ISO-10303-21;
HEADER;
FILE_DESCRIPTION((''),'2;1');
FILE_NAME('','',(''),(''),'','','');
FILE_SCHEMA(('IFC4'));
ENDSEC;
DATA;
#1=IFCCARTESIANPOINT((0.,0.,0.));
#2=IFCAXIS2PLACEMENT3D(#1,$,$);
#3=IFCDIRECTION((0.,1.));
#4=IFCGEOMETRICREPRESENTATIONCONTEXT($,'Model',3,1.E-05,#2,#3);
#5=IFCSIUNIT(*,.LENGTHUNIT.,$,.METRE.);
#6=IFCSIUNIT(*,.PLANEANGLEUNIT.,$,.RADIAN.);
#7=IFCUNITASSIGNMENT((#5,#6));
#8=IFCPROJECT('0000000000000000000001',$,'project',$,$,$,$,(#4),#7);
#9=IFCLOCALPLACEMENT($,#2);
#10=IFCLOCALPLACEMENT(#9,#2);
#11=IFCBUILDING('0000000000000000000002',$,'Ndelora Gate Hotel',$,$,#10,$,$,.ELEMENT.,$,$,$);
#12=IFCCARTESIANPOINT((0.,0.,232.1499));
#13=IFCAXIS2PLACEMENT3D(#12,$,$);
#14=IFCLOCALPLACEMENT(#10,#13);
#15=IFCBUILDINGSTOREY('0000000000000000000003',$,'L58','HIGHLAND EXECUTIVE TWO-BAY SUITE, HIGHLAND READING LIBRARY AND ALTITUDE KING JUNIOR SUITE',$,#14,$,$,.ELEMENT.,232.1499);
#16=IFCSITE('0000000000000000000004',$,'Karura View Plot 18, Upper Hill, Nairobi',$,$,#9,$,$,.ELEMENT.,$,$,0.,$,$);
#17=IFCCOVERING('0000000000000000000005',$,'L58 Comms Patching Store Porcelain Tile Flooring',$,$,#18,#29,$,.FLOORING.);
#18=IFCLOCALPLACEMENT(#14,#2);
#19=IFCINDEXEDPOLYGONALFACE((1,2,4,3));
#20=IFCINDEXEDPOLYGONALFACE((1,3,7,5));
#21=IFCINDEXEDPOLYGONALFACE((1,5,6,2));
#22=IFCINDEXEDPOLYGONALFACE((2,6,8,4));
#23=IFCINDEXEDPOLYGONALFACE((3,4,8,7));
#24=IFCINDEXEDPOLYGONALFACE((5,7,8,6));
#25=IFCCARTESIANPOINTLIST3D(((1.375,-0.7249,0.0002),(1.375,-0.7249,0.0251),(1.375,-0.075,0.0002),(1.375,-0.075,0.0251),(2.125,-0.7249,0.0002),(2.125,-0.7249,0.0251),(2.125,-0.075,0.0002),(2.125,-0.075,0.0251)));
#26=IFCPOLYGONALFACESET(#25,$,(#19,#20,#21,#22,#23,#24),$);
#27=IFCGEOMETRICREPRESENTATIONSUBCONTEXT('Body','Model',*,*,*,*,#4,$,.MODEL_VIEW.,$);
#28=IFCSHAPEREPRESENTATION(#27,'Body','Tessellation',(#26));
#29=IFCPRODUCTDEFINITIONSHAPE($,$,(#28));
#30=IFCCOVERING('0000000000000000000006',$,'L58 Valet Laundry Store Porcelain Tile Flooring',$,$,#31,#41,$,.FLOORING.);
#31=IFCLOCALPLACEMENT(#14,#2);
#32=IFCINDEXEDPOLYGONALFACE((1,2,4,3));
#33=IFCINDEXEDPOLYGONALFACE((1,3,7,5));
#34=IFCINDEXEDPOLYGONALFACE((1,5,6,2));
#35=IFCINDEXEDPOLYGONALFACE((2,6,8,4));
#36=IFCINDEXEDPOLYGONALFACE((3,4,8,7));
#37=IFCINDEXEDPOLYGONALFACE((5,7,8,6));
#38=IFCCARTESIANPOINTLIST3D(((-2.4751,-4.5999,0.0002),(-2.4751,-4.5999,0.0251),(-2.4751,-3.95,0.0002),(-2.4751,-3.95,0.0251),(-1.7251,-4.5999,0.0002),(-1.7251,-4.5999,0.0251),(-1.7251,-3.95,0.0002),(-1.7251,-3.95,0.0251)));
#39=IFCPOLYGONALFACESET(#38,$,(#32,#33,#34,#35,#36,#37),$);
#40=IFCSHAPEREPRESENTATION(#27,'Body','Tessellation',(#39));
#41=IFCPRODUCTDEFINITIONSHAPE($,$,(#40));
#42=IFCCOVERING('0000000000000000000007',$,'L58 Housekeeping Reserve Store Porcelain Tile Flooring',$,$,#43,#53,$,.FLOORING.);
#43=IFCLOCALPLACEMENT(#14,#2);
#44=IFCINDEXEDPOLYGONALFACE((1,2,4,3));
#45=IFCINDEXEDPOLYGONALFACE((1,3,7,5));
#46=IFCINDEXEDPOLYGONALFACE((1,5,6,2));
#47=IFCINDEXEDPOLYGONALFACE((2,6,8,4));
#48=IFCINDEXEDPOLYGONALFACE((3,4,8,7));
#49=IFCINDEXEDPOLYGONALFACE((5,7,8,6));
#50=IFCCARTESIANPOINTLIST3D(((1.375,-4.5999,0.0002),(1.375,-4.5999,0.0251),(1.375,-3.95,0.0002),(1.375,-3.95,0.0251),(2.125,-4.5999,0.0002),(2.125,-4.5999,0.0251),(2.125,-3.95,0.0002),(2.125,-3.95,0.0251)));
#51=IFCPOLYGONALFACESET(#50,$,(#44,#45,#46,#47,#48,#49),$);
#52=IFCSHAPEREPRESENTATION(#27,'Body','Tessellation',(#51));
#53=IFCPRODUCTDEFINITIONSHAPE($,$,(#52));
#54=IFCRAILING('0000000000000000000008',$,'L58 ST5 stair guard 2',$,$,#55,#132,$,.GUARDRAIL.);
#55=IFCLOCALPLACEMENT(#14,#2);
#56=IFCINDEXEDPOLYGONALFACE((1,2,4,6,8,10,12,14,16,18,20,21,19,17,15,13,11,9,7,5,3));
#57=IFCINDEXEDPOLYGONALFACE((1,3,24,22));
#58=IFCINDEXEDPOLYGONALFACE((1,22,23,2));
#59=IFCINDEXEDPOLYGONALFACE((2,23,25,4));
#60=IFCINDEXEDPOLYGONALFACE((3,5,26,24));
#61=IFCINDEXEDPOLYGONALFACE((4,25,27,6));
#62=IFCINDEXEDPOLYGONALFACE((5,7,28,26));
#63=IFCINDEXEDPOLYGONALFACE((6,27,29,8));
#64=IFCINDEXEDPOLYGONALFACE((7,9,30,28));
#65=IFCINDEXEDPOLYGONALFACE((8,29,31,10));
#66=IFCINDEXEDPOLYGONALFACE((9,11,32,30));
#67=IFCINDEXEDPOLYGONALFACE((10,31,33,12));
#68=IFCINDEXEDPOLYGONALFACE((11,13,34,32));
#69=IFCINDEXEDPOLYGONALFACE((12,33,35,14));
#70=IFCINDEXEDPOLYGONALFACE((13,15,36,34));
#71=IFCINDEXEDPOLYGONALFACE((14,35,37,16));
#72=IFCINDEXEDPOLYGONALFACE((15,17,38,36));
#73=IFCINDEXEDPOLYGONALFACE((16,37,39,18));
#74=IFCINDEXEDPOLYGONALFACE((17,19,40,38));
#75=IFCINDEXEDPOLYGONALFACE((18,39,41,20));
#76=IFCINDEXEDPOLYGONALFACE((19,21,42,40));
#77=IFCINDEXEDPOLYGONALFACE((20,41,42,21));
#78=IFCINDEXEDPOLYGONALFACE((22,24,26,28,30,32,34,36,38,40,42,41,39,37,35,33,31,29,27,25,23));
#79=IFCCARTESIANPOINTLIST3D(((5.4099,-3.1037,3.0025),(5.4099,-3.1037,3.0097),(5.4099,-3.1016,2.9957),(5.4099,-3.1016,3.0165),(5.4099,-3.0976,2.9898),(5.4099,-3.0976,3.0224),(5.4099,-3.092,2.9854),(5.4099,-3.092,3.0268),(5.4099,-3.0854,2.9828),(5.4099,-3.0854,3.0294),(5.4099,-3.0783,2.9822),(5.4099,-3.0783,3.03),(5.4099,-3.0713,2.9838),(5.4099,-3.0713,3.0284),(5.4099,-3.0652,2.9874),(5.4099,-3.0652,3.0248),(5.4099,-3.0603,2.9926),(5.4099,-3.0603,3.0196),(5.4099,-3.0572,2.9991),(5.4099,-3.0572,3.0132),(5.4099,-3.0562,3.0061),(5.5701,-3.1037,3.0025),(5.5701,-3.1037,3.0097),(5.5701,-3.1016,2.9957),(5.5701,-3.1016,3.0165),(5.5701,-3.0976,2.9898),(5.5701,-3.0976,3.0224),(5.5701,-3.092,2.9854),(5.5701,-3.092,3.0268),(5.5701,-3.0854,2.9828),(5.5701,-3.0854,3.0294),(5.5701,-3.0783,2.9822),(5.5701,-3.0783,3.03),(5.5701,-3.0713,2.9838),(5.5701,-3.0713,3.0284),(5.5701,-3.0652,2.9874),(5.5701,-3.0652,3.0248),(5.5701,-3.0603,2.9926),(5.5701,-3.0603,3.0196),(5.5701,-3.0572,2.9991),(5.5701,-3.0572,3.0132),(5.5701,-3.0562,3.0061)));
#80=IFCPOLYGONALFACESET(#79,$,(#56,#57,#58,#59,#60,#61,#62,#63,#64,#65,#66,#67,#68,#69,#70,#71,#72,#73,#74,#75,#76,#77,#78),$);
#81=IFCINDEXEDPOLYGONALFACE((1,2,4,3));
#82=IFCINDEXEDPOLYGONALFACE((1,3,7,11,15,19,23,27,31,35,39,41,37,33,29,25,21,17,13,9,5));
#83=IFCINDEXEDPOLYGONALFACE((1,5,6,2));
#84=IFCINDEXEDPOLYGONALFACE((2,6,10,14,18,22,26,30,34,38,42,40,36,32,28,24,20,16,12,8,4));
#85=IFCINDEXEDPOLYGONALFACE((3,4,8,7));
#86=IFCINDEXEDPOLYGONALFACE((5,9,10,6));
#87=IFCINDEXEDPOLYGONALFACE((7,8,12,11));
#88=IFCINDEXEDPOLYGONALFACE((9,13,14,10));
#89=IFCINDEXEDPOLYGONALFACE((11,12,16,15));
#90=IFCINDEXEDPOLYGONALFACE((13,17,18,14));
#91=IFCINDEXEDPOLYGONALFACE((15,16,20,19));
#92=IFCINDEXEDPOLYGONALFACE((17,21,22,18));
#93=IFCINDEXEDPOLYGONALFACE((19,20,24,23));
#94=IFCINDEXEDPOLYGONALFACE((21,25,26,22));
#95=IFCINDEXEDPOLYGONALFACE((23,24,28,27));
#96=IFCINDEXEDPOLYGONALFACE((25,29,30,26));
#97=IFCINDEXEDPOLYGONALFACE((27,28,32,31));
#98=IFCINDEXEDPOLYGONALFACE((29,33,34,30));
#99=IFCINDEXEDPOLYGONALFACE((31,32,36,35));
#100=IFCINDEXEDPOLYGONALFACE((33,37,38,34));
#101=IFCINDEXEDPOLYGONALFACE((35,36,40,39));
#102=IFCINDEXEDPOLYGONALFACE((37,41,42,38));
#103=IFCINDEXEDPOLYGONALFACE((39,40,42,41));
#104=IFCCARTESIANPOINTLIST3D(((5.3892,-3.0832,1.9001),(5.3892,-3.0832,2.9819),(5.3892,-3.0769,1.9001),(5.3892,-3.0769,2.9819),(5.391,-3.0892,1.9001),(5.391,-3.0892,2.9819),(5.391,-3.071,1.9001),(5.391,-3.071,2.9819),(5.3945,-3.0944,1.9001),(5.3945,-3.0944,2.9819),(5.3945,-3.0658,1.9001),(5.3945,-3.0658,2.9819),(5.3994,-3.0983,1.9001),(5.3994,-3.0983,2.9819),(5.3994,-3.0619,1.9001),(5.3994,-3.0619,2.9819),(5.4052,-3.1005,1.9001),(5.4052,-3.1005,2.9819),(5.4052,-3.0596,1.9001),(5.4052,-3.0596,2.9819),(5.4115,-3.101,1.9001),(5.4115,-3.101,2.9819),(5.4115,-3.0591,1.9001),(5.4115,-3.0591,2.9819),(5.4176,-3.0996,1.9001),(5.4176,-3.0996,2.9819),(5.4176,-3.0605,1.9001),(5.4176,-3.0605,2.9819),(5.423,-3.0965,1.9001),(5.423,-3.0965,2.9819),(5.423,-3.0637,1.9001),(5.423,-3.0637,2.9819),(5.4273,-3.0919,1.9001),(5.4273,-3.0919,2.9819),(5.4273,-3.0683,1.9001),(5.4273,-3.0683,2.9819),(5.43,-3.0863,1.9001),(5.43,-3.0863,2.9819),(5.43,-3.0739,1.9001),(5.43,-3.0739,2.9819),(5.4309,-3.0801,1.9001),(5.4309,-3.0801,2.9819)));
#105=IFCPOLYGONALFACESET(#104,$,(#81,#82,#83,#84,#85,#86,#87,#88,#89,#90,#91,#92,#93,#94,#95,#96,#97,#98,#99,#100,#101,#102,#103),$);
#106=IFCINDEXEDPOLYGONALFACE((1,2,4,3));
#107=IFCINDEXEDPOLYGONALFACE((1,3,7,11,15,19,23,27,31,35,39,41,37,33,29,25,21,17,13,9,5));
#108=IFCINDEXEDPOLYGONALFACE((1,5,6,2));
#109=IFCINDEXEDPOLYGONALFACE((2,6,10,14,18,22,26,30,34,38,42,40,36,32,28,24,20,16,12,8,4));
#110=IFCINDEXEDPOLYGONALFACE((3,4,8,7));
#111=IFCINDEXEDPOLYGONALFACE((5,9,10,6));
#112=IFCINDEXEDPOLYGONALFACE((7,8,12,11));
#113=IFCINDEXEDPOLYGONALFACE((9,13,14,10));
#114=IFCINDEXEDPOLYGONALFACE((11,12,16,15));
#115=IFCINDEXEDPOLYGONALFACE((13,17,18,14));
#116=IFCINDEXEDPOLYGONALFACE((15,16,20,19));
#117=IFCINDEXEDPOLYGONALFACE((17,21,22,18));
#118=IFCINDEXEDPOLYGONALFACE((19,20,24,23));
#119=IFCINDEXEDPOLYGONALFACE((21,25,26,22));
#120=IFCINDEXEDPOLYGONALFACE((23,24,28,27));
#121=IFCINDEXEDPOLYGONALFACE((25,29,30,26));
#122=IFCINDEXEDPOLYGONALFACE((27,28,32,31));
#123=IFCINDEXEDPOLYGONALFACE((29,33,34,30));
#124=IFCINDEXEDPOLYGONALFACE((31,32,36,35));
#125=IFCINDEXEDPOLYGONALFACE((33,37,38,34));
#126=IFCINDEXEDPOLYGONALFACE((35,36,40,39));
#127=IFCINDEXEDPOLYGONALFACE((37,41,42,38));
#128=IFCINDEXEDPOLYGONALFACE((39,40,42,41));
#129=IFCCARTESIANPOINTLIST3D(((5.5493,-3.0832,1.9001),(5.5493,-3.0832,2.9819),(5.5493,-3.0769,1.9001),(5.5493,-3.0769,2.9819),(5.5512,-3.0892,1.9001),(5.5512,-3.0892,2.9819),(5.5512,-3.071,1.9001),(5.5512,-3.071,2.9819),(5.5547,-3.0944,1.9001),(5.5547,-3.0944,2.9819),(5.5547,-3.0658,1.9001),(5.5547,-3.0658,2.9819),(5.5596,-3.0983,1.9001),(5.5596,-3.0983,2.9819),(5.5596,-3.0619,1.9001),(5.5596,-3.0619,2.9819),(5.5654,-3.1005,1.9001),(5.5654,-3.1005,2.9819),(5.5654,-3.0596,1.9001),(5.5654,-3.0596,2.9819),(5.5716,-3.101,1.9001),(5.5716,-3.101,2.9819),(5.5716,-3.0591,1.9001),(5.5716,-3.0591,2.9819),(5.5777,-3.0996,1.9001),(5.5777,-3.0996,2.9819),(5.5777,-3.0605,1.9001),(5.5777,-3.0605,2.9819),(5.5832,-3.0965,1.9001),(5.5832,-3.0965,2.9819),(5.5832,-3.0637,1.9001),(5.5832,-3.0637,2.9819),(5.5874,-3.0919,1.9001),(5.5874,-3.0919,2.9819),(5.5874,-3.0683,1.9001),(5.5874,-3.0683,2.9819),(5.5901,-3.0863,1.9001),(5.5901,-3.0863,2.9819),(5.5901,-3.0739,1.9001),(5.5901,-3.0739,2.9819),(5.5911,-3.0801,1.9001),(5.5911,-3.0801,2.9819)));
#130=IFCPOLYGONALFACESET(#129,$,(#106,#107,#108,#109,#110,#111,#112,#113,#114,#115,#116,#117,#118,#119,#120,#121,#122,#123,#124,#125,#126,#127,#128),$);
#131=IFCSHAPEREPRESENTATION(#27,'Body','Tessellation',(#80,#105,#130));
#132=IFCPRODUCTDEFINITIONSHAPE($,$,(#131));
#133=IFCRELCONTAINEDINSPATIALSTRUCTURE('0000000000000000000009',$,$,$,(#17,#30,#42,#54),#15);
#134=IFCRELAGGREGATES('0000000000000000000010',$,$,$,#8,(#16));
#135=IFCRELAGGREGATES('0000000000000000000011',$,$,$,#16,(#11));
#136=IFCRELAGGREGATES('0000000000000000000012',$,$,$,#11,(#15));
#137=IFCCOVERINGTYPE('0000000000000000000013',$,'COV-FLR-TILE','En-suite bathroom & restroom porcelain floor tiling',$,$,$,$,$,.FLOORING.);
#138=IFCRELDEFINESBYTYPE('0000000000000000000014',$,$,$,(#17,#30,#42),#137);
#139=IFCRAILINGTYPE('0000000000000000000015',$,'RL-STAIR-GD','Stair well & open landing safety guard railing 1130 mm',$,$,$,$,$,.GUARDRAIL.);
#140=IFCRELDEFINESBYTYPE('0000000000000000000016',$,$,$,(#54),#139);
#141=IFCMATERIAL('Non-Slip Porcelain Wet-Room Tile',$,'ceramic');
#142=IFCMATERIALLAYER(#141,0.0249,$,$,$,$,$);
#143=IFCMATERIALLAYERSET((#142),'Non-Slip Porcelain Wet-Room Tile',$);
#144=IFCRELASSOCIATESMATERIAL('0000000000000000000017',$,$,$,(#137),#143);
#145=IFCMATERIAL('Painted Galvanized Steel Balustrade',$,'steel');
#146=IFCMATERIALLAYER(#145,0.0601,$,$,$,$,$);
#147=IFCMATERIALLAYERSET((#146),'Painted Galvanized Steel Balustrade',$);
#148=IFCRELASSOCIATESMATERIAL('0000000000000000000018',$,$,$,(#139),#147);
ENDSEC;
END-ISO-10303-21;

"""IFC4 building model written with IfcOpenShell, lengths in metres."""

from ifc_helpers import new_model, si_unit, direction, frame, origin, origin_2d, place, context, subcontext, project, spatial, rectangle, circle, extrude, material, layer, layer_set, type_object, element, save


model = new_model("IFC4")

# Units and contexts
model_context = context("Model", 3, precision=1e-05, world=origin(), true_north=direction((0.0, 1.0)))
body_context = subcontext(model_context, "Body", "Model", "MODEL_VIEW")
ifc_project = project(units=[si_unit("LENGTHUNIT", "METRE"), si_unit("PLANEANGLEUNIT", "RADIAN")], contexts=[model_context])

# Site, building, storey
site_placement = place(None, origin())
site = spatial("IfcSite", under=ifc_project, at=site_placement, Name="Karura View Plot 18, Upper Hill, Nairobi", CompositionType="ELEMENT", RefElevation=0.0)
building_placement = place(site_placement, origin())
building = spatial("IfcBuilding", under=site, at=building_placement, Name="Ndelora Gate Hotel", CompositionType="ELEMENT")
storey_placement = place(building_placement, frame((0.0, 0.0, 232.1499)))
storey = spatial("IfcBuildingStorey", under=building, at=storey_placement, Name="L58", Description="HIGHLAND EXECUTIVE TWO-BAY SUITE, HIGHLAND READING LIBRARY AND ALTITUDE KING JUNIOR SUITE", CompositionType="ELEMENT", Elevation=232.1499)

# Coverings
ifc_material_1 = material(Name="Non-Slip Porcelain Wet-Room Tile", Category="ceramic")
ifc_layer_1 = layer(ifc_material_1, 0.0249)
ifc_layer_set_1 = layer_set([ifc_layer_1], Name="Non-Slip Porcelain Wet-Room Tile")
covering_type = type_object("IfcCoveringType", Name="COV-FLR-TILE", Description="En-suite bathroom & restroom porcelain floor tiling", PredefinedType="FLOORING", material=ifc_layer_set_1)
for number, where, z_axis, x_axis, name in (
    (1, (1.75, -0.3999, 0.0002), (0.0, 0.0, 1.0), (1.0, 0.0, 0.0), "L58 Comms Patching Store Porcelain Tile Flooring"),
    (2, (-2.1001, -4.2749, 0.0002), (0.0, 0.0, 1.0), (1.0, 0.0, 0.0), "L58 Valet Laundry Store Porcelain Tile Flooring"),
    (3, (1.75, -4.2749, 0.0002), (0.0, 0.0, 1.0), (1.0, 0.0, 0.0), "L58 Housekeeping Reserve Store Porcelain Tile Flooring"),
):
    element("IfcCovering", number, at=place(storey_placement, frame(where, z_axis=z_axis, x_axis=x_axis)), inside=storey, type_object=covering_type, Name=name, PredefinedType="FLOORING", context=body_context, shape_type="SweptSolid", body=[
        extrude(rectangle(XDim=0.75, YDim=0.6499, at=origin_2d()), origin(), (0.0, 0.0, 1.0), 0.0249),
    ])

# Railing
ifc_material_2 = material(Name="Painted Galvanized Steel Balustrade", Category="steel")
ifc_layer_2 = layer(ifc_material_2, 0.0601)
ifc_layer_set_2 = layer_set([ifc_layer_2], Name="Painted Galvanized Steel Balustrade")
railing_type_1 = type_object("IfcRailingType", Name="RL-STAIR-GD", Description="Stair well & open landing safety guard railing 1130 mm", PredefinedType="GUARDRAIL", material=ifc_layer_set_2)
railing_1_placement = place(storey_placement, frame((5.4099, -3.0801, 1.9001)))
element("IfcRailing", 4, at=railing_1_placement, inside=storey, type_object=railing_type_1, Name="L58 ST5 stair guard 2", PredefinedType="GUARDRAIL", context=body_context, shape_type="SweptSolid", body=[
    extrude(circle(Radius=0.0239, at=origin_2d()), frame((0.0, 0.0, 1.106), z_axis=(1.0, 0.0, 0.0), x_axis=(0.0, 1.0, 0.0)), (0.0, 0.0, 1.0), 0.1602),
    extrude(circle(Radius=0.021, at=origin_2d()), origin(), (0.0, 0.0, 1.0), 1.0818),
    extrude(circle(Radius=0.021, at=origin_2d()), frame((0.1602, 0.0, 0.0)), (0.0, 0.0, 1.0), 1.0818),
])

save(model, "model.ifc")
